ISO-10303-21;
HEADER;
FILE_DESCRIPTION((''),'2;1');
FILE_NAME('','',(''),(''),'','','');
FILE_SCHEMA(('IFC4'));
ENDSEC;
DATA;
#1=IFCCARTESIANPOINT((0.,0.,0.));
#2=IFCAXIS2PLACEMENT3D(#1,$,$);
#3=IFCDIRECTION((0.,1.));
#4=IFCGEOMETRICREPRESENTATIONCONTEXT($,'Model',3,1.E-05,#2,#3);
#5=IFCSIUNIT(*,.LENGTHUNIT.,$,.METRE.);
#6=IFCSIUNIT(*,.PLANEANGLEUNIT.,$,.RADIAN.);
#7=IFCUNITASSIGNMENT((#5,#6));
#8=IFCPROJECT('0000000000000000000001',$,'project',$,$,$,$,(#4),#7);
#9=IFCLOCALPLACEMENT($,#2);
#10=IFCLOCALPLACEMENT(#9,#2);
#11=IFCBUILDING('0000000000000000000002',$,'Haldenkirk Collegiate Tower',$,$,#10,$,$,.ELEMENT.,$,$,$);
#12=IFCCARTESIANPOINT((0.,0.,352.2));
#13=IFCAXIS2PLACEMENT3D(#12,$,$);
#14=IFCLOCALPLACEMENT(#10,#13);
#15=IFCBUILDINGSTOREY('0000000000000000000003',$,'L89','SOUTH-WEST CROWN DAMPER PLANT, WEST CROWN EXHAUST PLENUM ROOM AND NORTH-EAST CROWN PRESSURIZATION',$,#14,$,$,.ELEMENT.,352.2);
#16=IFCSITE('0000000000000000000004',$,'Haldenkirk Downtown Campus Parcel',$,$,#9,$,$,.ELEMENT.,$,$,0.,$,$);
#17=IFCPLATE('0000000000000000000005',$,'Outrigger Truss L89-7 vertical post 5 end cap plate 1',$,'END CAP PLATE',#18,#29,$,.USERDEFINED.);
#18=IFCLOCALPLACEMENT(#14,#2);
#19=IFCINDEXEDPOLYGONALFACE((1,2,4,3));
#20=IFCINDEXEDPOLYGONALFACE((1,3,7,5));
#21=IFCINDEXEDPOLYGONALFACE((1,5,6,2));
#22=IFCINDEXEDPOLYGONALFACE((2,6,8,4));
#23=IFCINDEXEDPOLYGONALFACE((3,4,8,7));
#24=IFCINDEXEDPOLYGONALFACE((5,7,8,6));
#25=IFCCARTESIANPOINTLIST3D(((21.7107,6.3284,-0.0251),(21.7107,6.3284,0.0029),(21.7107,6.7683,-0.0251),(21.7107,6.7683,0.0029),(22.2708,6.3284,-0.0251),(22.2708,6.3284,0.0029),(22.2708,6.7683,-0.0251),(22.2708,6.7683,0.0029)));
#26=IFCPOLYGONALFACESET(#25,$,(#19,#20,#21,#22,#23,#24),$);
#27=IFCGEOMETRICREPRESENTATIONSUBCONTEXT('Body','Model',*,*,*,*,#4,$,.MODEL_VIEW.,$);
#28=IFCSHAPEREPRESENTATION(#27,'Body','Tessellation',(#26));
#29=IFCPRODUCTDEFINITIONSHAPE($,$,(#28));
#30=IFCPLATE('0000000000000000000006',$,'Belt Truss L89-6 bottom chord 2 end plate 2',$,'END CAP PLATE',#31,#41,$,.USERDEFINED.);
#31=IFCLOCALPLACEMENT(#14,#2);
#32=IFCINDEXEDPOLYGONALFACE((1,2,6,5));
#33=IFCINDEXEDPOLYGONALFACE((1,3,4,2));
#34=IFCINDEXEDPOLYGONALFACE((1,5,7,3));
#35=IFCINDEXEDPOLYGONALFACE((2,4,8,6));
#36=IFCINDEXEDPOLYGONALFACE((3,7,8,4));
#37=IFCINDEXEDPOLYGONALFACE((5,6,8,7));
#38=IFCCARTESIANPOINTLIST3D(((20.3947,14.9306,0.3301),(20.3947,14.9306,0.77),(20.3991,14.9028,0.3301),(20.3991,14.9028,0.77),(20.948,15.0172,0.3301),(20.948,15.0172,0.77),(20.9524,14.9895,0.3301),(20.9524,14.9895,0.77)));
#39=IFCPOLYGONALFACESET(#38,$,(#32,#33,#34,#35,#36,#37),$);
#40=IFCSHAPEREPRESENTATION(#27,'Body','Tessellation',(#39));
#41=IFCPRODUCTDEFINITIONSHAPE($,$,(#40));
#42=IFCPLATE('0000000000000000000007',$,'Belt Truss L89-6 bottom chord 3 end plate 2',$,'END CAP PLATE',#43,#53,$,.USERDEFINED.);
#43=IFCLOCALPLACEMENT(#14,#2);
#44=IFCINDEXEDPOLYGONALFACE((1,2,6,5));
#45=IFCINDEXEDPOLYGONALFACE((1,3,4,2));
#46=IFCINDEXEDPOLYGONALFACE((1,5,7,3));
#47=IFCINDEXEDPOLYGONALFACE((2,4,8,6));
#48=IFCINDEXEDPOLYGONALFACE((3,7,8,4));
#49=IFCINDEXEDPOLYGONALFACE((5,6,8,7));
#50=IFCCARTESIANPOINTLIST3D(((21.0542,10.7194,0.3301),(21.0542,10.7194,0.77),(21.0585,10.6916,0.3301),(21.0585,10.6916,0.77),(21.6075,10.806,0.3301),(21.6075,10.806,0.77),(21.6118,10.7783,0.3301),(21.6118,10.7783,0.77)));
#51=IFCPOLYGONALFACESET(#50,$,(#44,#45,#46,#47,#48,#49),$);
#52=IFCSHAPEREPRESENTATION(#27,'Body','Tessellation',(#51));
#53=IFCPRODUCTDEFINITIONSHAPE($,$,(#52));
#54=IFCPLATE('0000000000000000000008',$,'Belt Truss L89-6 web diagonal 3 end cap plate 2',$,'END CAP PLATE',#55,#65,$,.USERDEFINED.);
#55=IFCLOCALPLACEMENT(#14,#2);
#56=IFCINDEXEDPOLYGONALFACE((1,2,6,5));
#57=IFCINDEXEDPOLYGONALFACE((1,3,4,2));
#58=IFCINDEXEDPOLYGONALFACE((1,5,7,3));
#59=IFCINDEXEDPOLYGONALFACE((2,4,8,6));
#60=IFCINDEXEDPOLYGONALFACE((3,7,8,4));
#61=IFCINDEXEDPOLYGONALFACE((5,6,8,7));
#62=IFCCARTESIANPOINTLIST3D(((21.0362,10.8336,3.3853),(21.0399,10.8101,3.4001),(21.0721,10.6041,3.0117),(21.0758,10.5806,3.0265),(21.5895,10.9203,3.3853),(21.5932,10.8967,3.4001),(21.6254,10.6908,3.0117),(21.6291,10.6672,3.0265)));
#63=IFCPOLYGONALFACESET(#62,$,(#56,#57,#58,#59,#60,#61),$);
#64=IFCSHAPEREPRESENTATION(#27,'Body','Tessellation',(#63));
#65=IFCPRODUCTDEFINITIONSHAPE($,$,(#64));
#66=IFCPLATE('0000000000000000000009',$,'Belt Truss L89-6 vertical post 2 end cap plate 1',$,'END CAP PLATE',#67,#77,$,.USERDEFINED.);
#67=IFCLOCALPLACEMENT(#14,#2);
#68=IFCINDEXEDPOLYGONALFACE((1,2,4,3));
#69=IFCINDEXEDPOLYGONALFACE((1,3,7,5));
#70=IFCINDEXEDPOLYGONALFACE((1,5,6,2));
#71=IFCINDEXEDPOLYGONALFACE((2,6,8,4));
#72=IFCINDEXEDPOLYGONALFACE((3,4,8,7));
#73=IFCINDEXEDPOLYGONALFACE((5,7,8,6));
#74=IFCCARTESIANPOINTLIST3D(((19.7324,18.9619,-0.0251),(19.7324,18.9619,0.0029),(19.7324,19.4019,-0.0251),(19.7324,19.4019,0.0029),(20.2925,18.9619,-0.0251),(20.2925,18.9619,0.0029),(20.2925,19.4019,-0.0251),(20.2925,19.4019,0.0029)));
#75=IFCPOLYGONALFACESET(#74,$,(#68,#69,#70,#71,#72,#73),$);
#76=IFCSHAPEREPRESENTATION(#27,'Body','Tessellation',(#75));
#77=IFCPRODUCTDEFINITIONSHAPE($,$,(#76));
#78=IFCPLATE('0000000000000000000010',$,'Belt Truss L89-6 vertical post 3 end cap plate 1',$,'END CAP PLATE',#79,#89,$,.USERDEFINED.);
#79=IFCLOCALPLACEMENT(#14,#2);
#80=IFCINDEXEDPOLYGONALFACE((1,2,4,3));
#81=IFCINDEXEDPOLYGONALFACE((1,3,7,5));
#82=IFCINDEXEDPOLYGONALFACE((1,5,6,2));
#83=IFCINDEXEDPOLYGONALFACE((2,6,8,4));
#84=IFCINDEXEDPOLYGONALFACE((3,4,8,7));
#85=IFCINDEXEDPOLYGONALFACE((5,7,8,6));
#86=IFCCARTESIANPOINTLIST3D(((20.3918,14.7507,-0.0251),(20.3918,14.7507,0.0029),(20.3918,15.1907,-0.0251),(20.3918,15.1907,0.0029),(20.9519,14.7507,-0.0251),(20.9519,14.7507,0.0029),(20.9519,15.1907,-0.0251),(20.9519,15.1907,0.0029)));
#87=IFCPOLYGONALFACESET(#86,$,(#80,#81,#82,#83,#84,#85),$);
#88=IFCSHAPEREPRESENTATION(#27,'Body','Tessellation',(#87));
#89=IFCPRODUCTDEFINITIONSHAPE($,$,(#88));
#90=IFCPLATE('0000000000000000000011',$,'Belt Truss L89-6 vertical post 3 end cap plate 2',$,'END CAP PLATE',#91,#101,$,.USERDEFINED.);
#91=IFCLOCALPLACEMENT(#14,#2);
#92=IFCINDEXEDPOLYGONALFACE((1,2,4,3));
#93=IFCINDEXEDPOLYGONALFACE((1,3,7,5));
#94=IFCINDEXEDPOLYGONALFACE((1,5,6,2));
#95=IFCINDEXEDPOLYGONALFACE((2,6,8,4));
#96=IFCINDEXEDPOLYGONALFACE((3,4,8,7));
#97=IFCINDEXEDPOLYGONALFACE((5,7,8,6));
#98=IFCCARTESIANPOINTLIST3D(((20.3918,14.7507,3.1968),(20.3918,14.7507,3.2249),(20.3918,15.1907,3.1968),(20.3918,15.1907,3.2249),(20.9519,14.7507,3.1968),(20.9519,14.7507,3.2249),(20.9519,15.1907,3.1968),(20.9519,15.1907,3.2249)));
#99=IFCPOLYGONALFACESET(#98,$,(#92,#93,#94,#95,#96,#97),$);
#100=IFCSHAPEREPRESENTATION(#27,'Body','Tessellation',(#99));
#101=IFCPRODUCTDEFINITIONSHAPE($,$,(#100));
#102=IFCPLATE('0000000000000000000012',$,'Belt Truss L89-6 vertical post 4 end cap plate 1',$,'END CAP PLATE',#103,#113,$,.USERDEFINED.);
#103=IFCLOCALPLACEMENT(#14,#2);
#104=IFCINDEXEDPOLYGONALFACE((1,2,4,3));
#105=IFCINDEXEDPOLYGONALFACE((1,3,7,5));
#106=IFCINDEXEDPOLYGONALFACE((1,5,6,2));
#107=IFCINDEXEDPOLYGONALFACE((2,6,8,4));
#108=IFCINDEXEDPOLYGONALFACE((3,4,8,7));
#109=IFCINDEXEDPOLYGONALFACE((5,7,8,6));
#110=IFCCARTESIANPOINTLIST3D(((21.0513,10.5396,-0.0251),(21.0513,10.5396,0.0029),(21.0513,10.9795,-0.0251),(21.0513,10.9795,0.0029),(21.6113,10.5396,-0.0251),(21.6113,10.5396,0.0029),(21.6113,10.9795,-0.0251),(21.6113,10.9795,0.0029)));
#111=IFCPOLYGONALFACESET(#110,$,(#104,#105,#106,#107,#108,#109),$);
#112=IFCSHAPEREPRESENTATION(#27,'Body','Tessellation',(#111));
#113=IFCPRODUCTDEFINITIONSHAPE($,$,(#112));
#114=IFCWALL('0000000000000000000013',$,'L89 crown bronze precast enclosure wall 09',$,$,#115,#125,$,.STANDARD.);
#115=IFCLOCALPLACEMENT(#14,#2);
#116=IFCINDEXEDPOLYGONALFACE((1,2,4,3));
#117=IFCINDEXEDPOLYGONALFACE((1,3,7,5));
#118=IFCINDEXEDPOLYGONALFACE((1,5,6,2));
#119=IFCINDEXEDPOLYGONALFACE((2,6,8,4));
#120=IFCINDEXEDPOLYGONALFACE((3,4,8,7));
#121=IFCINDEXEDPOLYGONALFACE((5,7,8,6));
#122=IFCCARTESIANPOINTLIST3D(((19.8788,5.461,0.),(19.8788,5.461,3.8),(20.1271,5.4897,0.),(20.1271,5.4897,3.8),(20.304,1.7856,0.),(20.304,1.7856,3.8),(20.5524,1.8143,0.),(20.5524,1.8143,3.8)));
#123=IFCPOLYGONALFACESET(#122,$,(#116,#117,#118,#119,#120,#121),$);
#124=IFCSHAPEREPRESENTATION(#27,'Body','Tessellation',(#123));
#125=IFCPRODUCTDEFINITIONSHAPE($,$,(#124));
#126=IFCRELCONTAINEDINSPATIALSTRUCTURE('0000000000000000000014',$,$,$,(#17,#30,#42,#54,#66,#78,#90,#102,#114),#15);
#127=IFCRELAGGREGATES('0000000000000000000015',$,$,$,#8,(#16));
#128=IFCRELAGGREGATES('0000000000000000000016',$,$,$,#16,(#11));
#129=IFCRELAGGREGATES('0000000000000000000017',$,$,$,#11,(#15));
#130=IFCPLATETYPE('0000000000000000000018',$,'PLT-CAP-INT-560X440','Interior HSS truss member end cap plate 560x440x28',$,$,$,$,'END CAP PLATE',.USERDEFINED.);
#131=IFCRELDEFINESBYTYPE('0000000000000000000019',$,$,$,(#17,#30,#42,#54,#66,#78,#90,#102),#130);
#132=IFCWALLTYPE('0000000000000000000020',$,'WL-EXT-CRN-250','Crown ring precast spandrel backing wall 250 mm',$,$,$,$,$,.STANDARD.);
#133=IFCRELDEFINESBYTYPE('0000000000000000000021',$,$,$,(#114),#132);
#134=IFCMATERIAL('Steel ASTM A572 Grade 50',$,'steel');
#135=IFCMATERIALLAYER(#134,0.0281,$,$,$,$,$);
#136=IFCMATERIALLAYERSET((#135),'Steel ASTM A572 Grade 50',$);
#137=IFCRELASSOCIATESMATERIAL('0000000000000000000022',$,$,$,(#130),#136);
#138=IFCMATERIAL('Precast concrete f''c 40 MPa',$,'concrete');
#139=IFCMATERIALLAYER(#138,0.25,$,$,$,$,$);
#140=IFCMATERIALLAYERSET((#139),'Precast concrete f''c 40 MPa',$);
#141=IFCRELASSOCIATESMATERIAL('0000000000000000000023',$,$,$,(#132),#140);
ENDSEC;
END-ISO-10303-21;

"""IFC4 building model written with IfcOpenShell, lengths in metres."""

from ifc_helpers import new_model, si_unit, direction, frame, frame_2d, origin, origin_2d, place, context, subcontext, project, spatial, rectangle, extrude, source, transform, mapped, material, layer, layer_set, type_object, element, save


model = new_model("IFC4")

# Units and contexts
model_context = context("Model", 3, precision=1e-05, world=origin(), true_north=direction((0.0, 1.0)))
body_context = subcontext(model_context, "Body", "Model", "MODEL_VIEW")
ifc_project = project(units=[si_unit("LENGTHUNIT", "METRE"), si_unit("PLANEANGLEUNIT", "RADIAN")], contexts=[model_context])

# Site, building, storey
site_placement = place(None, origin())
site = spatial("IfcSite", under=ifc_project, at=site_placement, Name="Haldenkirk Downtown Campus Parcel", CompositionType="ELEMENT", RefElevation=0.0)
building_placement = place(site_placement, origin())
building = spatial("IfcBuilding", under=site, at=building_placement, Name="Haldenkirk Collegiate Tower", CompositionType="ELEMENT")
storey_placement = place(building_placement, frame((0.0, 0.0, 352.2)))
storey = spatial("IfcBuildingStorey", under=building, at=storey_placement, Name="L89", Description="SOUTH-WEST CROWN DAMPER PLANT, WEST CROWN EXHAUST PLENUM ROOM AND NORTH-EAST CROWN PRESSURIZATION", CompositionType="ELEMENT", Elevation=352.2)

# Shared definitions
ifc_material_1 = material(Name="Steel ASTM A572 Grade 50", Category="steel")

# Plates
ifc_layer_1 = layer(ifc_material_1, 0.0281)
ifc_layer_set_1 = layer_set([ifc_layer_1], Name="Steel ASTM A572 Grade 50")
plate_type = type_object("IfcPlateType", Name="PLT-CAP-INT-560X440", Description="Interior HSS truss member end cap plate 560x440x28", ElementType="END CAP PLATE", PredefinedType="USERDEFINED", material=ifc_layer_set_1)
shared_shape = source(origin(), body_context, "Body", "SweptSolid", [
    extrude(rectangle(XDim=0.5601, YDim=0.4399, at=origin_2d()), origin(), (0.0, 0.0, 1.0), 0.0281),
])
for number, where, z_axis, x_axis, name in (
    (1, (21.9907, 6.5483, 0.0029), (0.0, 0.0, -1.0), (1.0, 0.0, 0.0), "Outrigger Truss L89-7 vertical post 5 end cap plate 1"),
    (2, (20.6714, 14.9739, 0.55), (0.15471, -0.98796, 0.0), (0.98796, 0.15471, 0.0), "Belt Truss L89-6 bottom chord 2 end plate 2"),
    (3, (21.3308, 10.7627, 0.55), (0.15471, -0.98796, 0.0), (0.98796, 0.15471, 0.0), "Belt Truss L89-6 bottom chord 3 end plate 2"),
    (4, (21.3308, 10.7622, 3.1985), (0.131397, -0.83903, 0.52798), (0.987958, 0.15472, 0.0), "Belt Truss L89-6 web diagonal 3 end cap plate 2"),
    (5, (20.0125, 19.1819, 0.0029), (0.0, 0.0, -1.0), (1.0, 0.0, 0.0), "Belt Truss L89-6 vertical post 2 end cap plate 1"),
    (6, (20.6719, 14.9707, 0.0029), (0.0, 0.0, -1.0), (1.0, 0.0, 0.0), "Belt Truss L89-6 vertical post 3 end cap plate 1"),
    (7, (20.6719, 14.9707, 3.1968), (0.0, 0.0, 1.0), (1.0, 0.0, 0.0), "Belt Truss L89-6 vertical post 3 end cap plate 2"),
    (8, (21.3313, 10.7595, 0.0029), (0.0, 0.0, -1.0), (1.0, 0.0, 0.0), "Belt Truss L89-6 vertical post 4 end cap plate 1"),
):
    element("IfcPlate", number, at=place(storey_placement, frame(where, z_axis=z_axis, x_axis=x_axis)), inside=storey, type_object=plate_type, Name=name, ObjectType="END CAP PLATE", PredefinedType="USERDEFINED", context=body_context, shape_type="MappedRepresentation", body=[
        mapped(shared_shape, transform((0.0, 0.0, 0.0), x_axis=(1.0, 0.0, 0.0), y_axis=(0.0, 1.0, 0.0), z_axis=(0.0, 0.0, 1.0), scale=1.0)),
    ])

# Wall
ifc_material_2 = material(Name="Precast concrete f'c 40 MPa", Category="concrete")
ifc_layer_2 = layer(ifc_material_2, 0.25)
ifc_layer_set_2 = layer_set([ifc_layer_2], Name="Precast concrete f'c 40 MPa")
wall_type = type_object("IfcWallType", Name="WL-EXT-CRN-250", Description="Crown ring precast spandrel backing wall 250 mm", PredefinedType="STANDARD", material=ifc_layer_set_2)
wall_placement = place(storey_placement, frame((20.4282, 1.7998, 0.0), z_axis=(0.0, 0.0, 1.0), x_axis=(-0.114942, 0.993372, 0.0)))
element("IfcWall", 9, at=wall_placement, inside=storey, type_object=wall_type, Name="L89 crown bronze precast enclosure wall 09", PredefinedType="STANDARD", context=body_context, shape_type="SweptSolid", body=[
    extrude(rectangle(XDim=3.7, YDim=0.25, at=frame_2d((1.8501, 0.0))), origin(), (0.0, 0.0, 1.0), 3.8),
])

save(model, "model.ifc")
